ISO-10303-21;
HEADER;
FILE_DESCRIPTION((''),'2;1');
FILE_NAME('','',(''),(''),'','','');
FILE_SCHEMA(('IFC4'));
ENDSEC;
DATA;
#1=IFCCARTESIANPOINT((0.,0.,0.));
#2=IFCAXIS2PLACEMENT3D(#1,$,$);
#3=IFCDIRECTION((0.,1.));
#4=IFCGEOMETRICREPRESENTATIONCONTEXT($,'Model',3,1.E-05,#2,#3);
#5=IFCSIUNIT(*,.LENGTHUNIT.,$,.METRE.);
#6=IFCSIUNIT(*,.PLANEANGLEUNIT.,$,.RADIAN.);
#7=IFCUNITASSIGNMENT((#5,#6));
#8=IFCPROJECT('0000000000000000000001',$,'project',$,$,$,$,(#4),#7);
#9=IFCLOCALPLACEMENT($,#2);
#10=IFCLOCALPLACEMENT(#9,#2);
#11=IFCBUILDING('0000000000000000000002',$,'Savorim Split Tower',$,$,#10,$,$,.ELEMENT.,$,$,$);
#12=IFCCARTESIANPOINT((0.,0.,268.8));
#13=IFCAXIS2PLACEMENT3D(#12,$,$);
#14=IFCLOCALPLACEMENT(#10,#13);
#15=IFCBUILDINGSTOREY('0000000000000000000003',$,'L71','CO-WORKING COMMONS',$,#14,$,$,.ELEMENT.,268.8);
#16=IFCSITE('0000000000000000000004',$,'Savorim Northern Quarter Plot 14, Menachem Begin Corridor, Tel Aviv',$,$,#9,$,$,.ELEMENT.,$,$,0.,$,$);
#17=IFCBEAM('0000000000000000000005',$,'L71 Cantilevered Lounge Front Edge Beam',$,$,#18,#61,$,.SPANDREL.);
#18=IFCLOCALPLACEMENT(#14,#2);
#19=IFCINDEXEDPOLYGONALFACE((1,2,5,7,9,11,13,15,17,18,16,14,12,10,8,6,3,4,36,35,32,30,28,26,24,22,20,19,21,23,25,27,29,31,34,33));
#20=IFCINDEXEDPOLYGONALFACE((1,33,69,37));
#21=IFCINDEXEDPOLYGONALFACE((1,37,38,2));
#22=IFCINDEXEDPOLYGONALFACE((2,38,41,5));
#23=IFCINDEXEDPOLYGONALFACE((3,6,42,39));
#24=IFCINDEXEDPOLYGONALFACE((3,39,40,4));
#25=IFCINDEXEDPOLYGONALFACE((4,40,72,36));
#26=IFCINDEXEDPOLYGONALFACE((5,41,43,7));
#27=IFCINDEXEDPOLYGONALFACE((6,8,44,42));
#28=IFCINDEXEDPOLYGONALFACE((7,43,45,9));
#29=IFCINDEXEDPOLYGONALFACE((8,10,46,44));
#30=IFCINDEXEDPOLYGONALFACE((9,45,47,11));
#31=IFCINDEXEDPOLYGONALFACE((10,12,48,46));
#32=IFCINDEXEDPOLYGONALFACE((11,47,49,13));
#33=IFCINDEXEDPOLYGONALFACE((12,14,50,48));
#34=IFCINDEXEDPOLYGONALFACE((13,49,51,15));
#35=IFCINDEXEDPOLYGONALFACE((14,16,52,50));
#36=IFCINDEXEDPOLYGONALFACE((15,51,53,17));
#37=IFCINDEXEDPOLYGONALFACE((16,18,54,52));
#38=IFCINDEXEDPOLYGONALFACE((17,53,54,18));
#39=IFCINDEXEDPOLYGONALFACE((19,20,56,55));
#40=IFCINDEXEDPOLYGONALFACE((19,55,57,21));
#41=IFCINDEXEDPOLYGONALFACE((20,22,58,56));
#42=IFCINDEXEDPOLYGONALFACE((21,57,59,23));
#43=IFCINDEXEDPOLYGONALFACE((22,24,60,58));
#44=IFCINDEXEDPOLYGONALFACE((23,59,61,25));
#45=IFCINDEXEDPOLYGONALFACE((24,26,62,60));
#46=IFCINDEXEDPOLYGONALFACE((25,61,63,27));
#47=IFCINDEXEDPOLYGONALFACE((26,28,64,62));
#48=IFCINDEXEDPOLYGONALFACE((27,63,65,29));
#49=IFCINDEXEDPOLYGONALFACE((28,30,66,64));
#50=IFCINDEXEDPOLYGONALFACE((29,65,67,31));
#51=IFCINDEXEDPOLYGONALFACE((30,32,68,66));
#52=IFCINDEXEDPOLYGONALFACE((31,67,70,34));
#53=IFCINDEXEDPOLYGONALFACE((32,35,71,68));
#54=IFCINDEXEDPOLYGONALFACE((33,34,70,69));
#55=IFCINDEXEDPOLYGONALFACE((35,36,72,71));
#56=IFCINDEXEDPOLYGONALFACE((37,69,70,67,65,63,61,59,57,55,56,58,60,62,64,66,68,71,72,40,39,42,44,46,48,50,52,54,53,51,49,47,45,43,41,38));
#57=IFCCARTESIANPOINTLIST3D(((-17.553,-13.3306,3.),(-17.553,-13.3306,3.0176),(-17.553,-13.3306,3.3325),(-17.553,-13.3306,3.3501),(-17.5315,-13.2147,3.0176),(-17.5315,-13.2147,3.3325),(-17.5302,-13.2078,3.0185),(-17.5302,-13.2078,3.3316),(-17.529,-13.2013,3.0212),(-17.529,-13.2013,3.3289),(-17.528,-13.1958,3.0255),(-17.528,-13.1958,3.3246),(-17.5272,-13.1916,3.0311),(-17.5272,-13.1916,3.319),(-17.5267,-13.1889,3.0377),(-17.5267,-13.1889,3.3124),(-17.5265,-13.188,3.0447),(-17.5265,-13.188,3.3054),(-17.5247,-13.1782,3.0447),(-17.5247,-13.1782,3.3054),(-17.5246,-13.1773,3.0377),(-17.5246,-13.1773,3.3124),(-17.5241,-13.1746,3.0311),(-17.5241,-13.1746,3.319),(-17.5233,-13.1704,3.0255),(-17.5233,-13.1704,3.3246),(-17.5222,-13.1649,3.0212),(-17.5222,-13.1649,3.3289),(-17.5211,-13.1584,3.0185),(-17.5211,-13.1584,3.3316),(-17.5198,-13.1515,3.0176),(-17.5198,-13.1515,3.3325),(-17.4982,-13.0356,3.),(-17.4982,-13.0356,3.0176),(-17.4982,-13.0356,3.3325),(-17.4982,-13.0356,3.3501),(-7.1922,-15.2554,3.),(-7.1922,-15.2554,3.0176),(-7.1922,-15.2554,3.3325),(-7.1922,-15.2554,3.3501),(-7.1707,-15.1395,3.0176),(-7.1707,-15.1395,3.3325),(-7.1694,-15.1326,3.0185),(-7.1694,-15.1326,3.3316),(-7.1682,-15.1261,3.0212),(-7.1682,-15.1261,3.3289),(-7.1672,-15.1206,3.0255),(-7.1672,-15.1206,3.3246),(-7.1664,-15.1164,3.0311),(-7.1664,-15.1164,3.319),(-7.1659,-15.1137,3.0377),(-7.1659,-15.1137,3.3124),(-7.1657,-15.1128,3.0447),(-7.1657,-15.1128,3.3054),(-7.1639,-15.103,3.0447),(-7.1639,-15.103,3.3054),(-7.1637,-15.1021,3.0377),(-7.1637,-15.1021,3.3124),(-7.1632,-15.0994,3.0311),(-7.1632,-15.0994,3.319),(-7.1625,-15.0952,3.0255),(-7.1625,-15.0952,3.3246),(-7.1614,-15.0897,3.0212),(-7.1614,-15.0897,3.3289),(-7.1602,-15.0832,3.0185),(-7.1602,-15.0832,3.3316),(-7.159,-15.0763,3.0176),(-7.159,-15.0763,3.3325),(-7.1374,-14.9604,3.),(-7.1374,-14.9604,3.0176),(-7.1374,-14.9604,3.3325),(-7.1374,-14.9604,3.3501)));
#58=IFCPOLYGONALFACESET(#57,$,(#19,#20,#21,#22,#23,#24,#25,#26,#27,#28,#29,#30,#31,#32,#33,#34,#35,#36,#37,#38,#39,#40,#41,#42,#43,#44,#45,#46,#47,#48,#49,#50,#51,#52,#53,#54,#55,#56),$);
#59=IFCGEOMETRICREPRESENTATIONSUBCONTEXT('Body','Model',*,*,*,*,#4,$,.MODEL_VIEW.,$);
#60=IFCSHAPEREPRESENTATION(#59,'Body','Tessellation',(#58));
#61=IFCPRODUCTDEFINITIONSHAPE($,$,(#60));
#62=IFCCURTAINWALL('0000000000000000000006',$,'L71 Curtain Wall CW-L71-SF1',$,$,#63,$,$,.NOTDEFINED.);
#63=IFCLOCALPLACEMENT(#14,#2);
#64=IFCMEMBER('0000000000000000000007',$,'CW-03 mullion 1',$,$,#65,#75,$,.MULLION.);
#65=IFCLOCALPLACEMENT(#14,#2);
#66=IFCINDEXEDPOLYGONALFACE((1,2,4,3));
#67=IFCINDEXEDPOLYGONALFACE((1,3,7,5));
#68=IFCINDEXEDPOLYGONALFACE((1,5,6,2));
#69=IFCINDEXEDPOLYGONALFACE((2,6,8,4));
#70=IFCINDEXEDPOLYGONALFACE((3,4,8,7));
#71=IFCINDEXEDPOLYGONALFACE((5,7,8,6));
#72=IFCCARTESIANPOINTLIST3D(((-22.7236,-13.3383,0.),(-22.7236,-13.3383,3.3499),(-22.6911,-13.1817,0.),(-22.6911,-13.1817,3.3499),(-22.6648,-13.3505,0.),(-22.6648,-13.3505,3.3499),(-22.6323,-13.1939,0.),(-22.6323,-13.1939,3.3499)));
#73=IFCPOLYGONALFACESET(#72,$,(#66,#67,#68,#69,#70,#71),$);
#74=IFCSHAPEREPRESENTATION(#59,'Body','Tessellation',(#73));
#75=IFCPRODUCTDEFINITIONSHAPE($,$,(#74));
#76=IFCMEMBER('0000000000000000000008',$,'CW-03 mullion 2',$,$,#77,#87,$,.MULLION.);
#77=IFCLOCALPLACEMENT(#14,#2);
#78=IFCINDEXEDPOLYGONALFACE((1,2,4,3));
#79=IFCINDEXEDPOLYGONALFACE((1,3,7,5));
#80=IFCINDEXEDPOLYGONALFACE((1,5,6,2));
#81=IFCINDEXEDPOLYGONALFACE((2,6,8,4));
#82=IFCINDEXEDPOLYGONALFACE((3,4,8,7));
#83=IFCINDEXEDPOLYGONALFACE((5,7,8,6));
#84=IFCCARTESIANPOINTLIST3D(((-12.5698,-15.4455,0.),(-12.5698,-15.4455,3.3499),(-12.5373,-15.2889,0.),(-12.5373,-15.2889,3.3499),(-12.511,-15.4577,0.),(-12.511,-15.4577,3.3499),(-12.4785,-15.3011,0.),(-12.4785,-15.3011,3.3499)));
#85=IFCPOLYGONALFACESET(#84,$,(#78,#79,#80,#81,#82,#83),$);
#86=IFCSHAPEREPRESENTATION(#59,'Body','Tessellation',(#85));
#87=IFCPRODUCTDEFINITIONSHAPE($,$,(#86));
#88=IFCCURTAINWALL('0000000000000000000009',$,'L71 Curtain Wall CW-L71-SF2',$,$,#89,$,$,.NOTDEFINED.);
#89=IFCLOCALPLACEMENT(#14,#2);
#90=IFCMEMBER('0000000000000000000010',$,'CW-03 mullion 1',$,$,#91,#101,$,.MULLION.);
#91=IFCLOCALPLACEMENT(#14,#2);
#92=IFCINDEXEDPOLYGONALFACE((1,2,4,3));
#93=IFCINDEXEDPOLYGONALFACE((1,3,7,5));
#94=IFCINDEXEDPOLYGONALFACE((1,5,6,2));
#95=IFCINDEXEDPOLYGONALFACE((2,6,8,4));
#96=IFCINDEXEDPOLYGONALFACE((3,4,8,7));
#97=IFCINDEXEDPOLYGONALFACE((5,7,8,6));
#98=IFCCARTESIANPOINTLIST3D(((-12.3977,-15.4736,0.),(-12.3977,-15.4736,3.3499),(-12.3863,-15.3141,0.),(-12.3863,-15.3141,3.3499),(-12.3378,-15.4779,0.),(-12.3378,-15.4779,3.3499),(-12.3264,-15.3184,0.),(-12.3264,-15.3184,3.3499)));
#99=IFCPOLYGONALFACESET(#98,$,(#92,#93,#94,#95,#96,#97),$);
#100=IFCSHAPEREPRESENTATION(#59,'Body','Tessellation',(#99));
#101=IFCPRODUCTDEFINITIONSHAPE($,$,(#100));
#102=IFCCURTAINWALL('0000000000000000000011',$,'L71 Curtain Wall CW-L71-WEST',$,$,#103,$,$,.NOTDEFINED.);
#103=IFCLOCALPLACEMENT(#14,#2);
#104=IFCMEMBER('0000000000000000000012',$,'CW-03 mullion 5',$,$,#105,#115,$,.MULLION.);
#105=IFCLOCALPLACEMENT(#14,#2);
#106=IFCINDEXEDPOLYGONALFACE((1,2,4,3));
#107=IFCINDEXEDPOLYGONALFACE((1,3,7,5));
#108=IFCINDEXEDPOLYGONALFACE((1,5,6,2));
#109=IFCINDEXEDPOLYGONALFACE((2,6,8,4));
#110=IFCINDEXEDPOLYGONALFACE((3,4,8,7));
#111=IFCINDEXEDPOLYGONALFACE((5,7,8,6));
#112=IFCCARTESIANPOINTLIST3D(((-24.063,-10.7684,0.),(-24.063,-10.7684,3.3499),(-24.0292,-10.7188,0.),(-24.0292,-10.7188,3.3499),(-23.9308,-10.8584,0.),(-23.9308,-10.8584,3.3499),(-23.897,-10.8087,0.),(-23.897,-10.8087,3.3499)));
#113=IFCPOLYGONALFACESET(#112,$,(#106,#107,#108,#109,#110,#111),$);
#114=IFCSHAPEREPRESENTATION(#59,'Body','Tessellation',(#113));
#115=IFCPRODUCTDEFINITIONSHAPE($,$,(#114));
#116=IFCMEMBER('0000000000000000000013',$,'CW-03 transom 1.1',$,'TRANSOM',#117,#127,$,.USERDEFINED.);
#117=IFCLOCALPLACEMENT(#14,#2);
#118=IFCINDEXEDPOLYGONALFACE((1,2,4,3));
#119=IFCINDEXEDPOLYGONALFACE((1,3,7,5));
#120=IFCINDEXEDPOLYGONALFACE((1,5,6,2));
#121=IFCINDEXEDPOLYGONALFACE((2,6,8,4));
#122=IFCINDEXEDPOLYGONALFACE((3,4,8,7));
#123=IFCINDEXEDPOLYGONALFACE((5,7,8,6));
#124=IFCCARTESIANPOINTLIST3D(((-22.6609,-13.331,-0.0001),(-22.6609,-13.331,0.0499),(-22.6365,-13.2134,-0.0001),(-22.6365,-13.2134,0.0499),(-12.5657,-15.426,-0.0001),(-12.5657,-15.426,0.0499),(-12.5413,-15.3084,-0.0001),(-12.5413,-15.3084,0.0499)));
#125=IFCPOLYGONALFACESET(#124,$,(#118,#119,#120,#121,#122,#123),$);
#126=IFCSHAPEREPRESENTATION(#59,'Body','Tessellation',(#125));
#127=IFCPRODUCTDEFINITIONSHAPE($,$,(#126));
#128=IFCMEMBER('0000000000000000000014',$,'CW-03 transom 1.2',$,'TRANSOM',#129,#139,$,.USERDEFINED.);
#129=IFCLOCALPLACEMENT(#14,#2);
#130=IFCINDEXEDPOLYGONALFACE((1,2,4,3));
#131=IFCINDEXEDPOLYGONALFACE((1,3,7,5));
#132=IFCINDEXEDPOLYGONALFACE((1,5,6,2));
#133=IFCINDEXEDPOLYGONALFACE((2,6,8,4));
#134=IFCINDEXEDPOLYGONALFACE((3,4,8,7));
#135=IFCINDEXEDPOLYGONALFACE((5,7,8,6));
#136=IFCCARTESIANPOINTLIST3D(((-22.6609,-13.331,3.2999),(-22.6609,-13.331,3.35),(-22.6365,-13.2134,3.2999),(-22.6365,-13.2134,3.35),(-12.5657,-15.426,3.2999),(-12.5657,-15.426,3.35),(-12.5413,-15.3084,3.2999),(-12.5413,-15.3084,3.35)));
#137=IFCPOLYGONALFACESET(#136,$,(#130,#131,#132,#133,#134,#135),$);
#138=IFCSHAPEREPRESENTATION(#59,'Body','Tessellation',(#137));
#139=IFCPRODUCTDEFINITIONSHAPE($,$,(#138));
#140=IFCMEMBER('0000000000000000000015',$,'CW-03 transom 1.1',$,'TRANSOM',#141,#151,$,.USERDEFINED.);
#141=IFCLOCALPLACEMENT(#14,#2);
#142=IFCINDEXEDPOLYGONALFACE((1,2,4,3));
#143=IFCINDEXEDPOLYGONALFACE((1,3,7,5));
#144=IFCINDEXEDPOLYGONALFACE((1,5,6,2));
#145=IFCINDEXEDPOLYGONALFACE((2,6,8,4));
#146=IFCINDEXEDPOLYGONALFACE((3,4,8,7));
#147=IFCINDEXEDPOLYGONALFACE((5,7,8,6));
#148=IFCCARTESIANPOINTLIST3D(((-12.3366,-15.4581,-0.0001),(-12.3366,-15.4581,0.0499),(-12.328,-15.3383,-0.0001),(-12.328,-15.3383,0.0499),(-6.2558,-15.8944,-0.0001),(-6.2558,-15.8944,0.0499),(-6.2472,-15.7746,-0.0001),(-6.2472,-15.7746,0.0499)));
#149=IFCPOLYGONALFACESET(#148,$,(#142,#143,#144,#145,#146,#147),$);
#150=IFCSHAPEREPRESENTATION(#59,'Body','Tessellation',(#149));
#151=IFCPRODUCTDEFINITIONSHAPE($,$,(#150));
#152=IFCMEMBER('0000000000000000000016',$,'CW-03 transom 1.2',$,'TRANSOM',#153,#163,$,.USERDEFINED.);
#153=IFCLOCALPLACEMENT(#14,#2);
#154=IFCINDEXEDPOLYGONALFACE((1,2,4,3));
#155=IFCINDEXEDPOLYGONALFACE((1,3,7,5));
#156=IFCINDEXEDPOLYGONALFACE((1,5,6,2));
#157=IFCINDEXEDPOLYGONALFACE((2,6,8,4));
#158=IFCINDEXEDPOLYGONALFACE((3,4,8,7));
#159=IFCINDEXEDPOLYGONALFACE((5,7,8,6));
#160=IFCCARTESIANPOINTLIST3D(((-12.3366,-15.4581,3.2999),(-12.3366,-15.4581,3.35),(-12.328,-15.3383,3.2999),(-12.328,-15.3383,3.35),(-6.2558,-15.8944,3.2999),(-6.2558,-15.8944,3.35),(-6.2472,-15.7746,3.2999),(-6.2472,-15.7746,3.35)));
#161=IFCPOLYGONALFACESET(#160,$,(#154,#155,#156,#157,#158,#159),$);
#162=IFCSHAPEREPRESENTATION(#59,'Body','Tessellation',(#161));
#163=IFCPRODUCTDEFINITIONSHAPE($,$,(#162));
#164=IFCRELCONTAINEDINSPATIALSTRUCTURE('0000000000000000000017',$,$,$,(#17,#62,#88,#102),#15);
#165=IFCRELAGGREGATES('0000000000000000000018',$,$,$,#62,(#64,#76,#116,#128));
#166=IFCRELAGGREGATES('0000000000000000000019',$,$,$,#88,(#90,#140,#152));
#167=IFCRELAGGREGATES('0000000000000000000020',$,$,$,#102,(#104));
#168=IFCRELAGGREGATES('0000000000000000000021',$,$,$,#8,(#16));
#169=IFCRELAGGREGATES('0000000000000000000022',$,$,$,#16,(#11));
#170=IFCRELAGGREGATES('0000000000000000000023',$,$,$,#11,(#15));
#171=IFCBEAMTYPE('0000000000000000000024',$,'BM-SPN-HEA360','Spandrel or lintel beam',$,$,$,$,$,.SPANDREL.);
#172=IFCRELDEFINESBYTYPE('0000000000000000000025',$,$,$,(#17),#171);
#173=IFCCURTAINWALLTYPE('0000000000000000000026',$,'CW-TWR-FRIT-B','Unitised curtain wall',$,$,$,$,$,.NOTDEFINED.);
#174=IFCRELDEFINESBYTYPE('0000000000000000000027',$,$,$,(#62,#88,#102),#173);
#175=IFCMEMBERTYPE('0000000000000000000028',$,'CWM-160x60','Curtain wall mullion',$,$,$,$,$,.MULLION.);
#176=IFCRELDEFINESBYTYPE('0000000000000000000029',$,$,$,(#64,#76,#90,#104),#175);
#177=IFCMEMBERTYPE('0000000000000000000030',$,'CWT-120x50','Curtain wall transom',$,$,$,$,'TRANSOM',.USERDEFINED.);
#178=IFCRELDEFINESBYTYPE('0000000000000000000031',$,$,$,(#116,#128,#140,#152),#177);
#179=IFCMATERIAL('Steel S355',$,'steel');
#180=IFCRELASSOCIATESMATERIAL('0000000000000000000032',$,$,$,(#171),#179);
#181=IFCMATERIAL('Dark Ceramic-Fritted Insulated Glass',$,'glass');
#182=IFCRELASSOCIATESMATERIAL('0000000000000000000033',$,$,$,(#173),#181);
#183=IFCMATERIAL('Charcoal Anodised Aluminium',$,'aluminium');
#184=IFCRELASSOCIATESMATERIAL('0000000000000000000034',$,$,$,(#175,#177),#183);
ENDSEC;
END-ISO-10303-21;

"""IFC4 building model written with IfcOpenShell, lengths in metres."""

from ifc_helpers import new_model, si_unit, direction, frame, origin, origin_2d, place, context, subcontext, project, spatial, rectangle, i_section, extrude, material, material_profile, profile_set, type_object, element, aggregate, save


model = new_model("IFC4")

# Units and contexts
model_context = context("Model", 3, precision=1e-05, world=origin(), true_north=direction((0.0, 1.0)))
body_context = subcontext(model_context, "Body", "Model", "MODEL_VIEW")
ifc_project = project(units=[si_unit("LENGTHUNIT", "METRE"), si_unit("PLANEANGLEUNIT", "RADIAN")], contexts=[model_context])

# Site, building, storey
site_placement = place(None, origin())
site = spatial("IfcSite", under=ifc_project, at=site_placement, Name="Savorim Northern Quarter Plot 14, Menachem Begin Corridor, Tel Aviv", CompositionType="ELEMENT", RefElevation=0.0)
building_placement = place(site_placement, origin())
building = spatial("IfcBuilding", under=site, at=building_placement, Name="Savorim Split Tower", CompositionType="ELEMENT")
storey_placement = place(building_placement, frame((0.0, 0.0, 268.8)))
storey = spatial("IfcBuildingStorey", under=building, at=storey_placement, Name="L71", Description="CO-WORKING COMMONS", CompositionType="ELEMENT", Elevation=268.8)

# Shared definitions
ifc_material_1 = material(Name="Steel S355", Category="steel")

# Beam
ifc_material_profile_1 = material_profile(ifc_material_1, i_section(OverallWidth=0.3, OverallDepth=0.3501, WebThickness=0.01, FlangeThickness=0.0176, FilletRadius=0.0271, at=origin_2d()), Name="HEA 360")
ifc_profile_set_1 = profile_set([ifc_material_profile_1], Name="Steel S355")
beam_type_1 = type_object("IfcBeamType", Name="BM-SPN-HEA360", Description="Spandrel or lintel beam", PredefinedType="SPANDREL", material=ifc_profile_set_1)
beam_1_placement = place(storey_placement, frame((-17.5256, -13.1831, 3.175), z_axis=(0.983178, -0.182652, 0.0), x_axis=(0.182652, 0.983178, 0.0)))
element("IfcBeam", 1, at=beam_1_placement, inside=storey, type_object=beam_type_1, Name="L71 Cantilevered Lounge Front Edge Beam", PredefinedType="SPANDREL", context=body_context, shape_type="SweptSolid", body=[
    extrude(i_section(OverallWidth=0.3, OverallDepth=0.3501, WebThickness=0.01, FlangeThickness=0.0176, FilletRadius=0.0271, at=origin_2d()), origin(), (0.0, 0.0, 1.0), 10.5381),
])

# Curtain wall, members
ifc_material_2 = material(Name="Dark Ceramic-Fritted Insulated Glass", Category="glass")
curtain_wall_type = type_object("IfcCurtainWallType", Name="CW-TWR-FRIT-B", Description="Unitised curtain wall", PredefinedType="NOTDEFINED", material=ifc_material_2)
curtain_wall_1_placement = place(storey_placement, origin())
curtain_wall_1 = element("IfcCurtainWall", 2, at=curtain_wall_1_placement, inside=storey, type_object=curtain_wall_type, Name="L71 Curtain Wall CW-L71-SF1", PredefinedType="NOTDEFINED")
ifc_material_3 = material(Name="Charcoal Anodised Aluminium", Category="aluminium")
ifc_material_profile_2 = material_profile(ifc_material_3, rectangle(XDim=0.1599, YDim=0.0601, at=origin_2d()), Name="ALU-M 160x60")
ifc_profile_set_2 = profile_set([ifc_material_profile_2], Name="Charcoal Anodised Aluminium")
member_type_1 = type_object("IfcMemberType", Name="CWM-160x60", Description="Curtain wall mullion", PredefinedType="MULLION", material=ifc_profile_set_2)
member_1_placement = place(storey_placement, frame((-22.678, -13.2661, 0.0), z_axis=(0.0, 0.0, 1.0), x_axis=(0.203208, 0.979136, 0.0)))
member_1 = element("IfcMember", 3, at=member_1_placement, type_object=member_type_1, Name="CW-03 mullion 1", PredefinedType="MULLION", context=body_context, shape_type="SweptSolid", body=[
    extrude(rectangle(XDim=0.1599, YDim=0.0601, at=origin_2d()), origin(), (0.0, 0.0, 1.0), 3.3499),
])
member_2_placement = place(storey_placement, frame((-12.5242, -15.3733, 0.0), z_axis=(0.0, 0.0, 1.0), x_axis=(0.203208, 0.979136, 0.0)))
member_2 = element("IfcMember", 4, at=member_2_placement, type_object=member_type_1, Name="CW-03 mullion 2", PredefinedType="MULLION", context=body_context, shape_type="SweptSolid", body=[
    extrude(rectangle(XDim=0.1599, YDim=0.0601, at=origin_2d()), origin(), (0.0, 0.0, 1.0), 3.3499),
])

# Curtain walls, members
curtain_wall_2_placement = place(storey_placement, origin())
curtain_wall_2 = element("IfcCurtainWall", 5, at=curtain_wall_2_placement, inside=storey, type_object=curtain_wall_type, Name="L71 Curtain Wall CW-L71-SF2", PredefinedType="NOTDEFINED")
member_3_placement = place(storey_placement, frame((-12.3621, -15.396, 0.0), z_axis=(0.0, 0.0, 1.0), x_axis=(0.071562, 0.997436, 0.0)))
member_3 = element("IfcMember", 6, at=member_3_placement, type_object=member_type_1, Name="CW-03 mullion 1", PredefinedType="MULLION", context=body_context, shape_type="SweptSolid", body=[
    extrude(rectangle(XDim=0.1599, YDim=0.0601, at=origin_2d()), origin(), (0.0, 0.0, 1.0), 3.3499),
])
curtain_wall_3_placement = place(storey_placement, origin())
curtain_wall_3 = element("IfcCurtainWall", 7, at=curtain_wall_3_placement, inside=storey, type_object=curtain_wall_type, Name="L71 Curtain Wall CW-L71-WEST", PredefinedType="NOTDEFINED")
member_4_placement = place(storey_placement, frame((-23.98, -10.7886, 0.0), z_axis=(0.0, 0.0, 1.0), x_axis=(0.826817, -0.56247, 0.0)))
member_4 = element("IfcMember", 8, at=member_4_placement, type_object=member_type_1, Name="CW-03 mullion 5", PredefinedType="MULLION", context=body_context, shape_type="SweptSolid", body=[
    extrude(rectangle(XDim=0.1599, YDim=0.0601, at=origin_2d()), origin(), (0.0, 0.0, 1.0), 3.3499),
])

# Members
ifc_material_profile_3 = material_profile(ifc_material_3, rectangle(XDim=0.1201, YDim=0.05, at=origin_2d()), Name="ALU-T 120x50")
ifc_profile_set_3 = profile_set([ifc_material_profile_3], Name="Charcoal Anodised Aluminium")
member_type_2 = type_object("IfcMemberType", Name="CWT-120x50", Description="Curtain wall transom", ElementType="TRANSOM", PredefinedType="USERDEFINED", material=ifc_profile_set_3)
member_5_placement = place(storey_placement, frame((-22.6487, -13.2722, 0.0249), z_axis=(0.979139, -0.203192, 0.0), x_axis=(0.203192, 0.979139, 0.0)))
member_5 = element("IfcMember", 9, at=member_5_placement, type_object=member_type_2, Name="CW-03 transom 1.1", ObjectType="TRANSOM", PredefinedType="USERDEFINED", context=body_context, shape_type="SweptSolid", body=[
    extrude(rectangle(XDim=0.1201, YDim=0.05, at=origin_2d()), origin(), (0.0, 0.0, 1.0), 10.3103),
])
member_6_placement = place(storey_placement, frame((-22.6487, -13.2722, 3.325), z_axis=(0.979139, -0.203192, 0.0), x_axis=(0.203192, 0.979139, 0.0)))
member_6 = element("IfcMember", 10, at=member_6_placement, type_object=member_type_2, Name="CW-03 transom 1.2", ObjectType="TRANSOM", PredefinedType="USERDEFINED", context=body_context, shape_type="SweptSolid", body=[
    extrude(rectangle(XDim=0.1201, YDim=0.05, at=origin_2d()), origin(), (0.0, 0.0, 1.0), 10.3103),
])
member_7_placement = place(storey_placement, frame((-12.3323, -15.3982, 0.0249), z_axis=(0.997436, -0.071563, 0.0), x_axis=(0.071563, 0.997436, 0.0)))
member_7 = element("IfcMember", 11, at=member_7_placement, type_object=member_type_2, Name="CW-03 transom 1.1", ObjectType="TRANSOM", PredefinedType="USERDEFINED", context=body_context, shape_type="SweptSolid", body=[
    extrude(rectangle(XDim=0.1201, YDim=0.05, at=origin_2d()), origin(), (0.0, 0.0, 1.0), 6.0964),
])
member_8_placement = place(storey_placement, frame((-12.3323, -15.3982, 3.325), z_axis=(0.997436, -0.071563, 0.0), x_axis=(0.071563, 0.997436, 0.0)))
member_8 = element("IfcMember", 12, at=member_8_placement, type_object=member_type_2, Name="CW-03 transom 1.2", ObjectType="TRANSOM", PredefinedType="USERDEFINED", context=body_context, shape_type="SweptSolid", body=[
    extrude(rectangle(XDim=0.1201, YDim=0.05, at=origin_2d()), origin(), (0.0, 0.0, 1.0), 6.0964),
])

aggregate(curtain_wall_1, [member_1, member_2, member_5, member_6])
aggregate(curtain_wall_2, [member_3, member_7, member_8])
aggregate(curtain_wall_3, [member_4])

save(model, "model.ifc")
